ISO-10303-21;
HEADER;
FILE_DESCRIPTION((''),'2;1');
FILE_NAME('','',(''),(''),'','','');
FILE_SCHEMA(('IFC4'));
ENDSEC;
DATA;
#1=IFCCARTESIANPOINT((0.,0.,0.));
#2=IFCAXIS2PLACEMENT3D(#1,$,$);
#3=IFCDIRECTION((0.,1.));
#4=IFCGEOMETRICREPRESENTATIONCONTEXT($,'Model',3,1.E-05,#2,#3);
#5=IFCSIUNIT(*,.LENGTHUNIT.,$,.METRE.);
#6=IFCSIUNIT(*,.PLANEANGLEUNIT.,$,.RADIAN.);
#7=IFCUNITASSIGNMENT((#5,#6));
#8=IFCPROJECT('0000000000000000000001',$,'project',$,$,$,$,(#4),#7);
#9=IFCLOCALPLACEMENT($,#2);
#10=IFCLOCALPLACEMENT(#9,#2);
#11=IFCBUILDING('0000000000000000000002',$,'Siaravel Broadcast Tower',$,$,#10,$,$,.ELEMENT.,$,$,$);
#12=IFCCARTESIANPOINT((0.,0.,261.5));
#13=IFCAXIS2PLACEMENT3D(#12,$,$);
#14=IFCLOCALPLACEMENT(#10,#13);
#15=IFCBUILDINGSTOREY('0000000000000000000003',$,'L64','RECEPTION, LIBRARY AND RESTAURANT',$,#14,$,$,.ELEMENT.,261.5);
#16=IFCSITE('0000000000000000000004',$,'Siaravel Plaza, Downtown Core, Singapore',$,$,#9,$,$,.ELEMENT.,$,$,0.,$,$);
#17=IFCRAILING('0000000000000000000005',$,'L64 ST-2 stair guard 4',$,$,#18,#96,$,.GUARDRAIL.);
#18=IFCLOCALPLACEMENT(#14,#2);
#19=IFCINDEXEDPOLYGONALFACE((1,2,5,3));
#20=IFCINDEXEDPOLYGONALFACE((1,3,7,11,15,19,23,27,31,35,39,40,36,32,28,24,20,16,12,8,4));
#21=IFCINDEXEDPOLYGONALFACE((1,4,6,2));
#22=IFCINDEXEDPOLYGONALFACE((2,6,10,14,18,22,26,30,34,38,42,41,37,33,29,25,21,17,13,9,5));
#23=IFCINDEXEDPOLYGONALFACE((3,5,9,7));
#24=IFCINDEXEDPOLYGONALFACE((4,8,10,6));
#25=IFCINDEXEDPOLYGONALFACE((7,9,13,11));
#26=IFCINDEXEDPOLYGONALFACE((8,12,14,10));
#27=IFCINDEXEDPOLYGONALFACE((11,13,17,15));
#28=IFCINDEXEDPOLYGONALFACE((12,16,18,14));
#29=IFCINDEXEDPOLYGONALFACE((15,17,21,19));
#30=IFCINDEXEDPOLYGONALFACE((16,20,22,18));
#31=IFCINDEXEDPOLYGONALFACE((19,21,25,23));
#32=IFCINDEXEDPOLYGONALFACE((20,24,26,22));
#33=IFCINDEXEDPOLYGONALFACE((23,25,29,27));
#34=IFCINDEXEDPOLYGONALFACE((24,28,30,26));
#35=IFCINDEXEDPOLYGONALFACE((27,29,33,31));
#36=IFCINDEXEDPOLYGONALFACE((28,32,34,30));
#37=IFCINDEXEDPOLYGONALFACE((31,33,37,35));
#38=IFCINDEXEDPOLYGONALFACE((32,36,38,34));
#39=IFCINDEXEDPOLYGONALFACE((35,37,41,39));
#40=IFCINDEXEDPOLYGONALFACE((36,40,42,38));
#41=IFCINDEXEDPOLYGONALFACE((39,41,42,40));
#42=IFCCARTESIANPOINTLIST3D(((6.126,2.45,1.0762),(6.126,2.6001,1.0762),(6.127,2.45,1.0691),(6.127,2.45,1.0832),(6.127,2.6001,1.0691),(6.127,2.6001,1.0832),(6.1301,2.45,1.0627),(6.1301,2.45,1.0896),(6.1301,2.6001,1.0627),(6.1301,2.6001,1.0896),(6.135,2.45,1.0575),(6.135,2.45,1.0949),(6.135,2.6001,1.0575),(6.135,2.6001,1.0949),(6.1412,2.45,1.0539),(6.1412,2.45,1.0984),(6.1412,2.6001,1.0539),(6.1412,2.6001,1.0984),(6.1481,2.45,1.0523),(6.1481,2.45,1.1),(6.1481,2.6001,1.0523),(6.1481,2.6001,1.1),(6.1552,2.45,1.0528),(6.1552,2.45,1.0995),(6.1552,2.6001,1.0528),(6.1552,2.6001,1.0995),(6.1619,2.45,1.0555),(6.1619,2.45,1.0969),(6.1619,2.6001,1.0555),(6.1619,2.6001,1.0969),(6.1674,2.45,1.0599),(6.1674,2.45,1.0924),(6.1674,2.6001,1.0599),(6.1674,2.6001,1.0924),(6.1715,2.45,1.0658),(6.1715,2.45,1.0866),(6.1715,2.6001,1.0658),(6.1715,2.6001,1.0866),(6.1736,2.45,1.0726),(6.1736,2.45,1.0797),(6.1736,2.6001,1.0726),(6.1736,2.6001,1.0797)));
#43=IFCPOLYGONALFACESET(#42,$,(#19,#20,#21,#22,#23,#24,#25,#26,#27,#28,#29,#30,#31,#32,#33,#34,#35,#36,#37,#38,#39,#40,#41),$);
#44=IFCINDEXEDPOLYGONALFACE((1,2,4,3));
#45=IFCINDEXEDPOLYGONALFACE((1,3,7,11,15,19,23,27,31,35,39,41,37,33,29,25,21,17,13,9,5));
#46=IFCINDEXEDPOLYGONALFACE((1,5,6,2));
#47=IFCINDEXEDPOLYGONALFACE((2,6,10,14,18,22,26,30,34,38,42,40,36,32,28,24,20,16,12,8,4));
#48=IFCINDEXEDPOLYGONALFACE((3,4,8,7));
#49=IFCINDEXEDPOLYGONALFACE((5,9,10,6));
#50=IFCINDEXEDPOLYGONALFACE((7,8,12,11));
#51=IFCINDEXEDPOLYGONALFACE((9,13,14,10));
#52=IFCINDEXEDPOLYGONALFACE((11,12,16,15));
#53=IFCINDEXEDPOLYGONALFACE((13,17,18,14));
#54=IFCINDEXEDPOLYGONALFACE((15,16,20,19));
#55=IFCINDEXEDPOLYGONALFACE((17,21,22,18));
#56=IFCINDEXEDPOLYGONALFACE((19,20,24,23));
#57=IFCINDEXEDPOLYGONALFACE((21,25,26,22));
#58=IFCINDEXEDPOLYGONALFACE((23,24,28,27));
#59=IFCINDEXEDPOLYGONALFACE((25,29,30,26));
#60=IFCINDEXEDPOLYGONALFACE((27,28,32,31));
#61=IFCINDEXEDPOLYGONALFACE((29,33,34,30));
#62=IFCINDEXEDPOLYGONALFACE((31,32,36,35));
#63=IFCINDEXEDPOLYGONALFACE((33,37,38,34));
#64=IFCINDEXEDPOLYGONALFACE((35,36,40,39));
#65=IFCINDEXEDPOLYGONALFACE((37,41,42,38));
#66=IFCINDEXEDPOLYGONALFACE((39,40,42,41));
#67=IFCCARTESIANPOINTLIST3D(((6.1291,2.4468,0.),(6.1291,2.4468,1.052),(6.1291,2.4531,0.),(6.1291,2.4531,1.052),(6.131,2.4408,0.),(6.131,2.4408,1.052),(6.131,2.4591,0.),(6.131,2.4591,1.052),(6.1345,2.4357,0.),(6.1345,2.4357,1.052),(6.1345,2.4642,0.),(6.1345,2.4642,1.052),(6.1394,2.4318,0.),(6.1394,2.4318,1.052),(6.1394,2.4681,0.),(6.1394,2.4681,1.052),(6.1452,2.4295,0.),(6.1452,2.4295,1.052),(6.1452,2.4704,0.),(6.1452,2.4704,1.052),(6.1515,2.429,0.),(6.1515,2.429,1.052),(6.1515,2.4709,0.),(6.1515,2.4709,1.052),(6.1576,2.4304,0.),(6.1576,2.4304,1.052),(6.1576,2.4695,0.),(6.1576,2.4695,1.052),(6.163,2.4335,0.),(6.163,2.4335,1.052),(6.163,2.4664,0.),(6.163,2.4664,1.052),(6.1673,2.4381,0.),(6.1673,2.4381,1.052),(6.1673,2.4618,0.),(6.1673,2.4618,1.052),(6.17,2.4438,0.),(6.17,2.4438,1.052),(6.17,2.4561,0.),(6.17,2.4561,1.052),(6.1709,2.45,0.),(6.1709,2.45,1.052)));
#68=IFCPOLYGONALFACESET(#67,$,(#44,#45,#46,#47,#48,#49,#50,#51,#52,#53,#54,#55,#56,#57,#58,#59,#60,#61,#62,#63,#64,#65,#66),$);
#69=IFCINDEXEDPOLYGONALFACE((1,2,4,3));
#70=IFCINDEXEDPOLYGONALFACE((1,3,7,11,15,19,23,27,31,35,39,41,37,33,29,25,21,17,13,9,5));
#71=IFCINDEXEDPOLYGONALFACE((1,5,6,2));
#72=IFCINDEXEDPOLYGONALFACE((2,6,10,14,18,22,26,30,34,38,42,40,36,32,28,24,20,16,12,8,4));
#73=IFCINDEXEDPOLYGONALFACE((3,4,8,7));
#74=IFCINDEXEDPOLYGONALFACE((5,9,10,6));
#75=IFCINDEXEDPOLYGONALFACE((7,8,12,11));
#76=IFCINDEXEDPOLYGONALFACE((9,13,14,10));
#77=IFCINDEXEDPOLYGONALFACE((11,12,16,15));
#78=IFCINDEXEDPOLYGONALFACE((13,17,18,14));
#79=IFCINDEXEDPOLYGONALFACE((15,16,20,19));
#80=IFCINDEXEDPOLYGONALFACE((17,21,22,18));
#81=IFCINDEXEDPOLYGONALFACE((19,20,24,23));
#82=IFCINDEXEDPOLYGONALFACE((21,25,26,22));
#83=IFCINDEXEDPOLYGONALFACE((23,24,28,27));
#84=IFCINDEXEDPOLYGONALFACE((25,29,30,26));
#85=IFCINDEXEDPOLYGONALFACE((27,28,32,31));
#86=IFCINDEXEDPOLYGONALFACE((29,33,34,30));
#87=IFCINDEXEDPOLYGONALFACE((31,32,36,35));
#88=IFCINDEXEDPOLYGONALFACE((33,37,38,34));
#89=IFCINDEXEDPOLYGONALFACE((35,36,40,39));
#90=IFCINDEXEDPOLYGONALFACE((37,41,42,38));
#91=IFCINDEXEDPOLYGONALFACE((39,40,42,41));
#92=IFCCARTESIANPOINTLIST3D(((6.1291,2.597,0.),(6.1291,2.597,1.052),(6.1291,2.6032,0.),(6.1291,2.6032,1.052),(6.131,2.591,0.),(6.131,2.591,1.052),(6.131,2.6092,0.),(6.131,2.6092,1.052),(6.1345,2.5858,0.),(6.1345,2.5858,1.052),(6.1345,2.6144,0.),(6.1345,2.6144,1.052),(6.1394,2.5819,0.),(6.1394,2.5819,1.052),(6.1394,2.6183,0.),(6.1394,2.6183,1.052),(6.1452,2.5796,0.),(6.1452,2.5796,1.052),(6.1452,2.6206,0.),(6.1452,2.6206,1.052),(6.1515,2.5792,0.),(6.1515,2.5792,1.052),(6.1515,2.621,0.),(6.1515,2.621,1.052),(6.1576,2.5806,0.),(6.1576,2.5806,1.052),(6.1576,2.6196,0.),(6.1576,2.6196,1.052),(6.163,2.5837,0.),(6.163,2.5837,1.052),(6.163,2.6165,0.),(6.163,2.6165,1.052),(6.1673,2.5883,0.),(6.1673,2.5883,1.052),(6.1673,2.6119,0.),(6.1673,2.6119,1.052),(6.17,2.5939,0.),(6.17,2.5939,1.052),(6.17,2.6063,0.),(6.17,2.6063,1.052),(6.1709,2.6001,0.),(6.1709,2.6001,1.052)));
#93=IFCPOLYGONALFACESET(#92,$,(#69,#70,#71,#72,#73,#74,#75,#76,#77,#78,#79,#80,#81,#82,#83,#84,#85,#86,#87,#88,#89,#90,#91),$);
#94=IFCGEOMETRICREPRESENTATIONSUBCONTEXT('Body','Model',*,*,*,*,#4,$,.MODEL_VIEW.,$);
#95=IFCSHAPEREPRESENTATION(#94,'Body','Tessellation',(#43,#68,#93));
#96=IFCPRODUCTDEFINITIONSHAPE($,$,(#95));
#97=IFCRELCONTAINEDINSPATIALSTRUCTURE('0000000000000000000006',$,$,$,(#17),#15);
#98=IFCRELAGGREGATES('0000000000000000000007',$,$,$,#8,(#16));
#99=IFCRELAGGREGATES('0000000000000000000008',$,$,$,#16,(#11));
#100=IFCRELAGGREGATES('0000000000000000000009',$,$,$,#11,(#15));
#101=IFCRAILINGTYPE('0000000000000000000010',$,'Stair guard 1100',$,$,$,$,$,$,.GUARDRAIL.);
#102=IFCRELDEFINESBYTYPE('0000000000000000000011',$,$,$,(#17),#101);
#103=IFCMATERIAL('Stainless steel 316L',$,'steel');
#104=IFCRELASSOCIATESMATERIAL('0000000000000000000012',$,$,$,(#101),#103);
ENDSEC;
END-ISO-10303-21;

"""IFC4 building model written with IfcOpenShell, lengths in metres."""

from ifc_helpers import new_model, si_unit, direction, frame, origin, origin_2d, place, context, subcontext, project, spatial, circle, extrude, material, type_object, element, save


model = new_model("IFC4")

# Units and contexts
model_context = context("Model", 3, precision=1e-05, world=origin(), true_north=direction((0.0, 1.0)))
body_context = subcontext(model_context, "Body", "Model", "MODEL_VIEW")
ifc_project = project(units=[si_unit("LENGTHUNIT", "METRE"), si_unit("PLANEANGLEUNIT", "RADIAN")], contexts=[model_context])

# Site, building, storey
site_placement = place(None, origin())
site = spatial("IfcSite", under=ifc_project, at=site_placement, Name="Siaravel Plaza, Downtown Core, Singapore", CompositionType="ELEMENT", RefElevation=0.0)
building_placement = place(site_placement, origin())
building = spatial("IfcBuilding", under=site, at=building_placement, Name="Siaravel Broadcast Tower", CompositionType="ELEMENT")
storey_placement = place(building_placement, frame((0.0, 0.0, 261.5)))
storey = spatial("IfcBuildingStorey", under=building, at=storey_placement, Name="L64", Description="RECEPTION, LIBRARY AND RESTAURANT", CompositionType="ELEMENT", Elevation=261.5)

# Railing
ifc_material_1 = material(Name="Stainless steel 316L", Category="steel")
railing_type_1 = type_object("IfcRailingType", Name="Stair guard 1100", PredefinedType="GUARDRAIL", material=ifc_material_1)
railing_1_placement = place(storey_placement, frame((6.1499, 2.45, 0.0)))
element("IfcRailing", 1, at=railing_1_placement, inside=storey, type_object=railing_type_1, Name="L64 ST-2 stair guard 4", PredefinedType="GUARDRAIL", context=body_context, shape_type="SweptSolid", body=[
    extrude(circle(Radius=0.0239, at=origin_2d()), frame((0.0, 0.0, 1.0762), z_axis=(0.0, 1.0, 0.0), x_axis=(-1.0, 0.0, 0.0)), (0.0, 0.0, 1.0), 0.1501),
    extrude(circle(Radius=0.021, at=origin_2d()), origin(), (0.0, 0.0, 1.0), 1.052),
    extrude(circle(Radius=0.021, at=origin_2d()), frame((0.0, 0.1501, 0.0)), (0.0, 0.0, 1.0), 1.052),
])

save(model, "model.ifc")
